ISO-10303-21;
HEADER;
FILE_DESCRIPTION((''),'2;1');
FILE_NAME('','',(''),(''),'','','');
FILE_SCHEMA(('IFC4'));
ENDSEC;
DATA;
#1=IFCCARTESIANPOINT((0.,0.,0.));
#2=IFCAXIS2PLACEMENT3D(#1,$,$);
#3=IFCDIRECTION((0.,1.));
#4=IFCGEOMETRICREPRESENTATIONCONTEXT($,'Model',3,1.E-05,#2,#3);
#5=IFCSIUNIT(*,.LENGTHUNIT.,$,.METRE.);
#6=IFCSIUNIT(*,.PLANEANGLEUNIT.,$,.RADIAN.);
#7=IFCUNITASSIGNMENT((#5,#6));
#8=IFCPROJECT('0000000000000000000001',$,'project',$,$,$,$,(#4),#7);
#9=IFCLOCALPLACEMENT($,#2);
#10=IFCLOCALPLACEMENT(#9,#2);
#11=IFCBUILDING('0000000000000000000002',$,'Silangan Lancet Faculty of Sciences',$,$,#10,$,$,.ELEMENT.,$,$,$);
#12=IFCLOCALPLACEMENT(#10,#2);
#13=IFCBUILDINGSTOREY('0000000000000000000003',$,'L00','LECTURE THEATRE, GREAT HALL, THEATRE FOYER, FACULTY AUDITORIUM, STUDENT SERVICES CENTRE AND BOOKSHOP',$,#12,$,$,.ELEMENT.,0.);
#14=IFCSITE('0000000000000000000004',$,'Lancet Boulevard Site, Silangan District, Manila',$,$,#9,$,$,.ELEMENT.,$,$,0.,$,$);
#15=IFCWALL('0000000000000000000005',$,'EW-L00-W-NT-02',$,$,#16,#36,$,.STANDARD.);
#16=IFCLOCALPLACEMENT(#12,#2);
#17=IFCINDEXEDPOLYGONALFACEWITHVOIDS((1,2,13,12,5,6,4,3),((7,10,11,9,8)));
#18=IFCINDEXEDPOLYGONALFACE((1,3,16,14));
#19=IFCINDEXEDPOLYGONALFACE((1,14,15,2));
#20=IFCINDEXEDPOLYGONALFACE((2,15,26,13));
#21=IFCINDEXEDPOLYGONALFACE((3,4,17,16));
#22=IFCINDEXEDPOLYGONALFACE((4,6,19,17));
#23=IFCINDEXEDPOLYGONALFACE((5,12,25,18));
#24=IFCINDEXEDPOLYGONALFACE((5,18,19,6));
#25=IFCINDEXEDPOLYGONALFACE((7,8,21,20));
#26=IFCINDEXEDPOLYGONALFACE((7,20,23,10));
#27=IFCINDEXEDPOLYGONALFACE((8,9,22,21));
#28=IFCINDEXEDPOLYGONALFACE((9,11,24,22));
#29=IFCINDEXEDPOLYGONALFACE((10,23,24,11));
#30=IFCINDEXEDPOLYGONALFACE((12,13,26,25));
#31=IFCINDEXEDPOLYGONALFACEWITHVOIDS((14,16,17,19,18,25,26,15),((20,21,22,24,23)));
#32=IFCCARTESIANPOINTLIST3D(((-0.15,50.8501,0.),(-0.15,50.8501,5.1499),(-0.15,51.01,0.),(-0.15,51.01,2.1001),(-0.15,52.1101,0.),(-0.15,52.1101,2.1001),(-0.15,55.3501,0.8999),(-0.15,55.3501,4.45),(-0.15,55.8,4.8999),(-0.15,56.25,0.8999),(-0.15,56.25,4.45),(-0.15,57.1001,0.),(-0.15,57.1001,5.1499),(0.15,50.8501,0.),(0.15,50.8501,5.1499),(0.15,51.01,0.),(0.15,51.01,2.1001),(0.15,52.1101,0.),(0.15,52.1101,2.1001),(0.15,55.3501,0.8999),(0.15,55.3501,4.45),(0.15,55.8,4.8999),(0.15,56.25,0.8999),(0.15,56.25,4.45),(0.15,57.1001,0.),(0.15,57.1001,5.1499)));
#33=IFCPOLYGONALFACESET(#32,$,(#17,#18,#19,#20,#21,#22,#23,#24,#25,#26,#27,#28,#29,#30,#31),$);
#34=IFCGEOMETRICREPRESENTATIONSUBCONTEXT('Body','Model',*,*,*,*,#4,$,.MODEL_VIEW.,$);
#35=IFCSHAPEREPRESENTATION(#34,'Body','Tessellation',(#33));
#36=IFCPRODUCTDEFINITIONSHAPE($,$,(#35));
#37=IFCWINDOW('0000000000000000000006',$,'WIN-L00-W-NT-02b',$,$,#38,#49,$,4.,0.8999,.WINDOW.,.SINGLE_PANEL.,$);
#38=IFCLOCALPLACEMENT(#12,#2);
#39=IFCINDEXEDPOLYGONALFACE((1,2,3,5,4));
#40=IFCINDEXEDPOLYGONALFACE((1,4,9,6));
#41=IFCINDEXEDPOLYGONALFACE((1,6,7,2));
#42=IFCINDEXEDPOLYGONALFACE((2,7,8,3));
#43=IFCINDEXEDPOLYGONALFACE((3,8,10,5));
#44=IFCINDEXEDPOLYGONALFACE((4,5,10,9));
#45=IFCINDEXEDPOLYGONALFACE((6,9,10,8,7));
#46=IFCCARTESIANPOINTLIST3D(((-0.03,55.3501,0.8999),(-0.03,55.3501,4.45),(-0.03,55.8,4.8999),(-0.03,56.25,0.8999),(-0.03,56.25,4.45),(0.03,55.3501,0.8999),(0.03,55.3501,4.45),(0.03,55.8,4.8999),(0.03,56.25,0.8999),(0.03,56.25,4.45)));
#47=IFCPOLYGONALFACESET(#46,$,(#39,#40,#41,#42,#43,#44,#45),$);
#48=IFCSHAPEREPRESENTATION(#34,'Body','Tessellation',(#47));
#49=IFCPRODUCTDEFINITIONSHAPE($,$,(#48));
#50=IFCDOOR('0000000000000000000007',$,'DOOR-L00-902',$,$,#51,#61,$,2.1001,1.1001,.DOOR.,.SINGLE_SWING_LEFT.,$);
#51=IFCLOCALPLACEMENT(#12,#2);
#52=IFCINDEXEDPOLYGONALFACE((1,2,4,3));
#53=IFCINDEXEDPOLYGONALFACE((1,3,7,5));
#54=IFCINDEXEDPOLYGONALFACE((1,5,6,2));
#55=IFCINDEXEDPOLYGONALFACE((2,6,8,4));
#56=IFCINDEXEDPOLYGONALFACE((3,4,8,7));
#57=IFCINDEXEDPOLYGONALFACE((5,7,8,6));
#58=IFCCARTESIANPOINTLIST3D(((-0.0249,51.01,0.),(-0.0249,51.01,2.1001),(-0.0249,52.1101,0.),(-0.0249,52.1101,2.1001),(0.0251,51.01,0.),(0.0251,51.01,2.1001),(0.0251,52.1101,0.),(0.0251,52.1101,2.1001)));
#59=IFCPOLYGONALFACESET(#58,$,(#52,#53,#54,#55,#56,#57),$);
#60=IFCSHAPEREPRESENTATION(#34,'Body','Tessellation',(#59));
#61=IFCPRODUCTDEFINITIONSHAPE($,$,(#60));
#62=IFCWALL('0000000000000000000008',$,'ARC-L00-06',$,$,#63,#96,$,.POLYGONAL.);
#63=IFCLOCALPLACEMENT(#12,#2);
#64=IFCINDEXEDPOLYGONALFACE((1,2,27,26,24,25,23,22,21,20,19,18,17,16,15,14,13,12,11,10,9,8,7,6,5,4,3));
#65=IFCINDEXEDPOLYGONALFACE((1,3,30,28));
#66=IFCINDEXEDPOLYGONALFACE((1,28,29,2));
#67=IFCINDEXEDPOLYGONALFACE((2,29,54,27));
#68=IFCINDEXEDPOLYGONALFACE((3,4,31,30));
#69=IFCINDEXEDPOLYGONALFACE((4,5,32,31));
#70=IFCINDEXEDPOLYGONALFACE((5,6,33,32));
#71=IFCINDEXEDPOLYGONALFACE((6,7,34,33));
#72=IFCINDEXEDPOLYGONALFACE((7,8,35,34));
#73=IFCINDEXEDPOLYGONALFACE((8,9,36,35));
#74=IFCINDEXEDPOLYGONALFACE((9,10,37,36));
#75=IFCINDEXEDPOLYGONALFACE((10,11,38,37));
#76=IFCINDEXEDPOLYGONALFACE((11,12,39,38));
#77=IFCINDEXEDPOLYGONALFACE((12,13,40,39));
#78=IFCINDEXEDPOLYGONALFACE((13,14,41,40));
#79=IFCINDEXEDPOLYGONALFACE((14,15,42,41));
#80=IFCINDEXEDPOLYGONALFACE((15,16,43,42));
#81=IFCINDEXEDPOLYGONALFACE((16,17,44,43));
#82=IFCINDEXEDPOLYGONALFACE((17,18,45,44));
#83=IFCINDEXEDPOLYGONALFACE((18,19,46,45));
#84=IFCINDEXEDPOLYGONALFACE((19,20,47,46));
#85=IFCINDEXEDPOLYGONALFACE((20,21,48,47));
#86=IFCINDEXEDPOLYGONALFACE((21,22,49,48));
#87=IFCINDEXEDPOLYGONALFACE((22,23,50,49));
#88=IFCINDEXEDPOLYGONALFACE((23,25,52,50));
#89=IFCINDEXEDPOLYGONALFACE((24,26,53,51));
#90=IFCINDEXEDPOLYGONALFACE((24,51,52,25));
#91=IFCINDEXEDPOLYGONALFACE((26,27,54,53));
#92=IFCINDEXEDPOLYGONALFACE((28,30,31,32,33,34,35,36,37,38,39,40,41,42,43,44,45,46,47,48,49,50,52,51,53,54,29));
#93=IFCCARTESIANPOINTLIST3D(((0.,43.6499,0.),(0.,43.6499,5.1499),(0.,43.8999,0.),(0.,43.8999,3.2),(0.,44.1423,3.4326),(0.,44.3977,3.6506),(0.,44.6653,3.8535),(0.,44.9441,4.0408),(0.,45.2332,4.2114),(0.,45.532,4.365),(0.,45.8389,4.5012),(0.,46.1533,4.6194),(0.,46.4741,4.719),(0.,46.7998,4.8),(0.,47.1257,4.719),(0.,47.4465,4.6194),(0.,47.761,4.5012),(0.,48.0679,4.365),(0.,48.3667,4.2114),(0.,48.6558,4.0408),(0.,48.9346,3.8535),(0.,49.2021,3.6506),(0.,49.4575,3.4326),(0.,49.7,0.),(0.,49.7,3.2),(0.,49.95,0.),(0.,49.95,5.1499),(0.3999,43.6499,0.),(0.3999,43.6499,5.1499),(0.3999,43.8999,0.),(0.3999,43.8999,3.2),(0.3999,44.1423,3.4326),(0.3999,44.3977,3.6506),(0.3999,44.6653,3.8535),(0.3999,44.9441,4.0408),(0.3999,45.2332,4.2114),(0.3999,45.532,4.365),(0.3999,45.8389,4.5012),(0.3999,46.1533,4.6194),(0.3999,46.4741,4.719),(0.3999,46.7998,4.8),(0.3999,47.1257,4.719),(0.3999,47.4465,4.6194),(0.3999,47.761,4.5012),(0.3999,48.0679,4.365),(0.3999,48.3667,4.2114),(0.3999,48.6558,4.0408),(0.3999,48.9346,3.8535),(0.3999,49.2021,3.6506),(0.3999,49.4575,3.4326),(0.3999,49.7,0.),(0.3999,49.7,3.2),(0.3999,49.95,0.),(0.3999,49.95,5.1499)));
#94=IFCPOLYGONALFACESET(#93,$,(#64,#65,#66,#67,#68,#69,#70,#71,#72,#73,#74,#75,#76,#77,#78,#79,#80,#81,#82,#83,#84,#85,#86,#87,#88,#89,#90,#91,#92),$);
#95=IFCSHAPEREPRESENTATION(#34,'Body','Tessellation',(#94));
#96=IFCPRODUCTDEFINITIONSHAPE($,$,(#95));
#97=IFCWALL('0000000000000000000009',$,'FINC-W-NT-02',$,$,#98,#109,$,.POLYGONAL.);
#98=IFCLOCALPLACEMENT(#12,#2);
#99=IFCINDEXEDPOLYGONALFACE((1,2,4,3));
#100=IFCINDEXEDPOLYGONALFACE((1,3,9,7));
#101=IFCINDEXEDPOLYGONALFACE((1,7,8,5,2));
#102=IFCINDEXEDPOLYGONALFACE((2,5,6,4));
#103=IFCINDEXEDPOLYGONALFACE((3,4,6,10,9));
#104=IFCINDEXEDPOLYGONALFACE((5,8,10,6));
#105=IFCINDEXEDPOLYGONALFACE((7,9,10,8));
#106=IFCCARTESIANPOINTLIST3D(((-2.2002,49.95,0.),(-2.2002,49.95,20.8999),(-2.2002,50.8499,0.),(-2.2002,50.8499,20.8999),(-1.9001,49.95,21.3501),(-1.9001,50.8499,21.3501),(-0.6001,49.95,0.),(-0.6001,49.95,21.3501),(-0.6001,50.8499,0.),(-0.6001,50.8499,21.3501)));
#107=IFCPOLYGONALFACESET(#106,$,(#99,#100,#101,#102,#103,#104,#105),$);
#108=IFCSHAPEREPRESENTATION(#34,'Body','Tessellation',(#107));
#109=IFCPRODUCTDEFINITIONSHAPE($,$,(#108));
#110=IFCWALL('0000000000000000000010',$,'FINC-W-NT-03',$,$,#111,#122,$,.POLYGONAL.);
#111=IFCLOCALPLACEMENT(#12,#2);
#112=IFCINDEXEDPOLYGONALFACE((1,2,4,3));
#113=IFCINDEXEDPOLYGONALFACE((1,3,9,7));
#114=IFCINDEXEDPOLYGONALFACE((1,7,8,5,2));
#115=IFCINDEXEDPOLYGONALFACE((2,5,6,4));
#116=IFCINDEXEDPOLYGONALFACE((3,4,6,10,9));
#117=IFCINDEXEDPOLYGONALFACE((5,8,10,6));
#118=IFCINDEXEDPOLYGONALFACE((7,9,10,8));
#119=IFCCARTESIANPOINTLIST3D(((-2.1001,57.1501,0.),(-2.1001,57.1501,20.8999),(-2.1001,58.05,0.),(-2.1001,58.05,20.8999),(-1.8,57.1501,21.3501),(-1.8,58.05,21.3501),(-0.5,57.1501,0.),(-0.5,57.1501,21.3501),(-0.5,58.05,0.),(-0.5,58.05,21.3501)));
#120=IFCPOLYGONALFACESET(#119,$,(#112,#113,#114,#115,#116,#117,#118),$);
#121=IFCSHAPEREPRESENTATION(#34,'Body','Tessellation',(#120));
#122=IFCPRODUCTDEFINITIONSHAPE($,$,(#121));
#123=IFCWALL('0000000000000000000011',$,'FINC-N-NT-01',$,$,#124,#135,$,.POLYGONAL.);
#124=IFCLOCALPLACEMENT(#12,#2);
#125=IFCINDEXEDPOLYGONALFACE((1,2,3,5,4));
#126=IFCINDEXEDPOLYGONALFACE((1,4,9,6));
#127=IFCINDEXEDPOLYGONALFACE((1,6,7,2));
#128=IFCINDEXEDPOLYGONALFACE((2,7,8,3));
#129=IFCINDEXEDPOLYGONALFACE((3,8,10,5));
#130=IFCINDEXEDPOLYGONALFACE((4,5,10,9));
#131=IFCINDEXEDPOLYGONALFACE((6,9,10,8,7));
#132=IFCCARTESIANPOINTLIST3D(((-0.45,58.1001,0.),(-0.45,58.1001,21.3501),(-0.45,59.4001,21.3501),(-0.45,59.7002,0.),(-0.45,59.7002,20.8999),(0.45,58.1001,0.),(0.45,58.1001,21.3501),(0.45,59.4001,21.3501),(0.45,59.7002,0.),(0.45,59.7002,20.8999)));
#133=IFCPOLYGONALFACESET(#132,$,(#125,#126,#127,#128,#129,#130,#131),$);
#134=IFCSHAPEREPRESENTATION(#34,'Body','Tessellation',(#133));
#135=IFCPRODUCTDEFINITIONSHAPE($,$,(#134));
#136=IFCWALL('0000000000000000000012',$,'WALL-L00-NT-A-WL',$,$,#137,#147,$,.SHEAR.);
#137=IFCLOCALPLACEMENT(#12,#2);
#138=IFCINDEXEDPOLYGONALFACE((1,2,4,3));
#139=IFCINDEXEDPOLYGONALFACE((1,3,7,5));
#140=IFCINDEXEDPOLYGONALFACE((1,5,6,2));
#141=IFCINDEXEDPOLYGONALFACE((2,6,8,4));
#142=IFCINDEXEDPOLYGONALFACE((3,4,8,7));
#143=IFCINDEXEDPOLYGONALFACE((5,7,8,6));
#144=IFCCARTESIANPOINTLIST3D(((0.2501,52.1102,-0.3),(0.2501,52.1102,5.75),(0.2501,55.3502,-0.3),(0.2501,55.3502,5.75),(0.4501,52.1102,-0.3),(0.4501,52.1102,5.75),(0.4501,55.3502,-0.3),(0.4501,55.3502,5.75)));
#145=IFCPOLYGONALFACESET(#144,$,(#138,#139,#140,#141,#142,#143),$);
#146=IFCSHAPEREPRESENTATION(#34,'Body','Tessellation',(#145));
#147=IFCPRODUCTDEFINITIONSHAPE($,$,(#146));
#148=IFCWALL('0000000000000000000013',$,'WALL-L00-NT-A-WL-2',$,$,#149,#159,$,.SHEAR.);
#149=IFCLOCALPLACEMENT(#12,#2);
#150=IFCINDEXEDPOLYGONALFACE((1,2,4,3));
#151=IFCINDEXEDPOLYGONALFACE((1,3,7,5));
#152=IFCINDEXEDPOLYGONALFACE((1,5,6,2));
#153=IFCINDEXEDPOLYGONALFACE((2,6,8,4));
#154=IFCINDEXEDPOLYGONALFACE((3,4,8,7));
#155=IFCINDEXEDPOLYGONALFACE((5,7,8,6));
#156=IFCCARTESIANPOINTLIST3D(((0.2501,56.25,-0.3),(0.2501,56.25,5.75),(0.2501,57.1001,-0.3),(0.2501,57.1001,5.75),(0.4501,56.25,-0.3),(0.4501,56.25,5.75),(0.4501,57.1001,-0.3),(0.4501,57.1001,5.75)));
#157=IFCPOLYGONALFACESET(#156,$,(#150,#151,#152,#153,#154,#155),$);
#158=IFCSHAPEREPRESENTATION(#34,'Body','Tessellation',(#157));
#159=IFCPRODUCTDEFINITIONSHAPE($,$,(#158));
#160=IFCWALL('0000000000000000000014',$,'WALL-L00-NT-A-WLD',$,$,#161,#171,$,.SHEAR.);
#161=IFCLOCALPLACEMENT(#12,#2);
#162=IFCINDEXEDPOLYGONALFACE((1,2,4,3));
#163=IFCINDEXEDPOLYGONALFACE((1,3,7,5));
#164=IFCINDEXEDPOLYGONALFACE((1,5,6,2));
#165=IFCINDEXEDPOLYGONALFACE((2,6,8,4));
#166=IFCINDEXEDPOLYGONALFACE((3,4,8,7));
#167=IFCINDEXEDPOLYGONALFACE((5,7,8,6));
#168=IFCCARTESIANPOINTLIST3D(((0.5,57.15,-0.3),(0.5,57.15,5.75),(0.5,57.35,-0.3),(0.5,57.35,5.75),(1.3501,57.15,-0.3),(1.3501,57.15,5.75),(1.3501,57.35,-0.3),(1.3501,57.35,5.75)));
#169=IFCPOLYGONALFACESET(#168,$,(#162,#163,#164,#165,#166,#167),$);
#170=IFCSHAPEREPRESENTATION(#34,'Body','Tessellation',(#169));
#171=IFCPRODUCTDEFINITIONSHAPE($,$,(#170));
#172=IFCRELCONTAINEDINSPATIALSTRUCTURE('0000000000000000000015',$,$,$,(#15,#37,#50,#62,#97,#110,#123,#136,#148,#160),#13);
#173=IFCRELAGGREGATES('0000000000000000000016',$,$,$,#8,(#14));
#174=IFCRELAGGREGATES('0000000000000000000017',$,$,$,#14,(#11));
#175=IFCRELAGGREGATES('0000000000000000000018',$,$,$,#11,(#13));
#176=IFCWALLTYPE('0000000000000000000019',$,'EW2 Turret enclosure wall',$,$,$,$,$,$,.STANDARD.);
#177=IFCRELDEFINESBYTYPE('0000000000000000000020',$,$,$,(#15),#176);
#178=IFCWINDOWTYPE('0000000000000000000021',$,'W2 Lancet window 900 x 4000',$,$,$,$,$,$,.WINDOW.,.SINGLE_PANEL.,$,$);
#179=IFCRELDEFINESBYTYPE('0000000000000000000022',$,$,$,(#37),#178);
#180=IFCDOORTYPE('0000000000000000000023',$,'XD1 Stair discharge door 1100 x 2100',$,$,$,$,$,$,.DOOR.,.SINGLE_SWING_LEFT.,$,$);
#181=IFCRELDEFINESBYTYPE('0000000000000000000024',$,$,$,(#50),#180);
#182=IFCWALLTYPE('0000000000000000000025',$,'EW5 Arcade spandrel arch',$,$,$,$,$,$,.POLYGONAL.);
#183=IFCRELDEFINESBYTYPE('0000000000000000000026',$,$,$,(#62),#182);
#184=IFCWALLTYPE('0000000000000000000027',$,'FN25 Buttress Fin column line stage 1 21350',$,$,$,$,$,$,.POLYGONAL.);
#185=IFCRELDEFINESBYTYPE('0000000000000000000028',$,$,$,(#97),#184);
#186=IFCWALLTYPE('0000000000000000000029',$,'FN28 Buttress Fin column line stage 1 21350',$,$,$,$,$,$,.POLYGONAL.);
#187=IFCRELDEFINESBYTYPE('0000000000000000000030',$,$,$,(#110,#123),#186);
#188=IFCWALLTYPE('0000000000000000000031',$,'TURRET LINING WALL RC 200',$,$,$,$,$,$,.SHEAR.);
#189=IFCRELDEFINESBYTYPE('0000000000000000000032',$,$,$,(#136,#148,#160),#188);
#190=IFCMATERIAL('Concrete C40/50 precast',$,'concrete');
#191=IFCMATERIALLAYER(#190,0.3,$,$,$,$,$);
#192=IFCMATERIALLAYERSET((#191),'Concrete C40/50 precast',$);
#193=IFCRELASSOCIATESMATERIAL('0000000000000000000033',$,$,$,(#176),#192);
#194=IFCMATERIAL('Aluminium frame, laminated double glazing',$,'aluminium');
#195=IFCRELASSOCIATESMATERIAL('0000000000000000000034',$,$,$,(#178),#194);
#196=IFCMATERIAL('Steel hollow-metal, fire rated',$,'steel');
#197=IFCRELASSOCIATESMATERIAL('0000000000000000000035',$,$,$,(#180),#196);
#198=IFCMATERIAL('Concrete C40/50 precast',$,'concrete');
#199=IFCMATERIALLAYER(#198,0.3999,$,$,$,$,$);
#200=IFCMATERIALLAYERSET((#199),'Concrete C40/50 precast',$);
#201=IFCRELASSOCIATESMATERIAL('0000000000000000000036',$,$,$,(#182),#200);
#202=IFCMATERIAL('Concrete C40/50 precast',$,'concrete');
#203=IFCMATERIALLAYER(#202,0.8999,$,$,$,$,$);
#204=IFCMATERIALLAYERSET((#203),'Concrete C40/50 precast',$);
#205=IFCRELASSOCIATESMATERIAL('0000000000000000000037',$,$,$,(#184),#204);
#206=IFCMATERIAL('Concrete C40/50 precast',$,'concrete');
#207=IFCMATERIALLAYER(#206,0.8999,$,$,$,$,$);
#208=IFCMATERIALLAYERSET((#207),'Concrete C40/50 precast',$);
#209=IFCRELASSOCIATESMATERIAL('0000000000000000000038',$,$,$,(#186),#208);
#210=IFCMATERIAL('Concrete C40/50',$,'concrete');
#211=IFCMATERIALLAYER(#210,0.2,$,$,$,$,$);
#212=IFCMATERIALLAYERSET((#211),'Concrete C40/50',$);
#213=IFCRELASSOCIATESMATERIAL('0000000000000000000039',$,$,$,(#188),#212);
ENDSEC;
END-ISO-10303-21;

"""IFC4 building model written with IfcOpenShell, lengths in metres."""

from ifc_helpers import new_model, si_unit, direction, frame, frame_2d, origin, place, context, subcontext, project, spatial, polyline, rectangle, outline, extrude, material, layer, layer_set, type_object, element, fill, save


model = new_model("IFC4")

# Units and contexts
model_context = context("Model", 3, precision=1e-05, world=origin(), true_north=direction((0.0, 1.0)))
body_context = subcontext(model_context, "Body", "Model", "MODEL_VIEW")
ifc_project = project(units=[si_unit("LENGTHUNIT", "METRE"), si_unit("PLANEANGLEUNIT", "RADIAN")], contexts=[model_context])

# Site, building, storey
site_placement = place(None, origin())
site = spatial("IfcSite", under=ifc_project, at=site_placement, Name="Lancet Boulevard Site, Silangan District, Manila", CompositionType="ELEMENT", RefElevation=0.0)
building_placement = place(site_placement, origin())
building = spatial("IfcBuilding", under=site, at=building_placement, Name="Silangan Lancet Faculty of Sciences", CompositionType="ELEMENT")
storey_placement = place(building_placement, origin())
storey = spatial("IfcBuildingStorey", under=building, at=storey_placement, Name="L00", Description="LECTURE THEATRE, GREAT HALL, THEATRE FOYER, FACULTY AUDITORIUM, STUDENT SERVICES CENTRE AND BOOKSHOP", CompositionType="ELEMENT", Elevation=0.0)

# Wall, openings, window, door
ifc_material_1 = material(Name="Concrete C40/50 precast", Category="concrete")
ifc_layer_1 = layer(ifc_material_1, 0.3)
ifc_layer_set_1 = layer_set([ifc_layer_1], Name="Concrete C40/50 precast")
wall_type_1 = type_object("IfcWallType", Name="EW2 Turret enclosure wall", PredefinedType="STANDARD", material=ifc_layer_set_1)
wall_1_placement = place(storey_placement, frame((0.0, 50.8501, 0.0), z_axis=(0.0, 0.0, 1.0), x_axis=(0.0, 1.0, 0.0)))
wall_1 = element("IfcWall", 1, at=wall_1_placement, inside=storey, type_object=wall_type_1, Name="EW-L00-W-NT-02", PredefinedType="STANDARD", context=body_context, shape_type="SweptSolid", body=[
    extrude(rectangle(XDim=6.25, YDim=0.3, at=frame_2d((3.125, 0.0))), origin(), (0.0, 0.0, 1.0), 5.1499),
])
opening_1_placement = place(wall_1_placement, frame((0.1599, 0.0, 0.0)))
opening_1 = element("IfcOpeningElement", 2, at=opening_1_placement, cuts=wall_1, PredefinedType="OPENING", context=body_context, shape_type="SweptSolid", body=[
    extrude(rectangle(XDim=1.1001, YDim=2.1001, at=frame_2d((0.55, 1.05))), frame((0.0, 0.1599, 0.0), z_axis=(0.0, -1.0, 0.0), x_axis=(1.0, 0.0, 0.0)), (0.0, 0.0, 1.0), 0.3201),
])
opening_2_placement = place(wall_1_placement, frame((4.5, 0.0, 0.8999)))
opening_2 = element("IfcOpeningElement", 3, at=opening_2_placement, cuts=wall_1, PredefinedType="OPENING", context=body_context, shape_type="SweptSolid", body=[
    extrude(outline(polyline([(0.0, 0.0), (0.8999, 0.0), (0.8999, 3.55), (0.45, 4.0), (0.0, 3.55), (0.0, 0.0)])), frame((0.0, 0.1599, 0.0), z_axis=(0.0, -1.0, 0.0), x_axis=(1.0, 0.0, 0.0)), (0.0, 0.0, 1.0), 0.3201),
])
ifc_material_2 = material(Name="Aluminium frame, laminated double glazing", Category="aluminium")
window_type = type_object("IfcWindowType", Name="W2 Lancet window 900 x 4000", PartitioningType="SINGLE_PANEL", PredefinedType="WINDOW", material=ifc_material_2)
window_placement = place(opening_2_placement, origin())
window = element("IfcWindow", 4, at=window_placement, inside=storey, type_object=window_type, Name="WIN-L00-W-NT-02b", OverallHeight=4.0, OverallWidth=0.8999, PartitioningType="SINGLE_PANEL", PredefinedType="WINDOW", context=body_context, shape_type="SweptSolid", body=[
    extrude(outline(polyline([(0.0, 0.0), (0.8999, 0.0), (0.8999, 3.55), (0.45, 4.0), (0.0, 3.55), (0.0, 0.0)])), frame((0.0, 0.03, 0.0), z_axis=(0.0, -1.0, 0.0), x_axis=(1.0, 0.0, 0.0)), (0.0, 0.0, 1.0), 0.0601),
])
fill(opening_2, window)
ifc_material_3 = material(Name="Steel hollow-metal, fire rated", Category="steel")
door_type_1 = type_object("IfcDoorType", Name="XD1 Stair discharge door 1100 x 2100", OperationType="SINGLE_SWING_LEFT", PredefinedType="DOOR", material=ifc_material_3)
door_1_placement = place(opening_1_placement, origin())
door_1 = element("IfcDoor", 5, at=door_1_placement, inside=storey, type_object=door_type_1, Name="DOOR-L00-902", OperationType="SINGLE_SWING_LEFT", OverallHeight=2.1001, OverallWidth=1.1001, PredefinedType="DOOR", context=body_context, shape_type="SweptSolid", body=[
    extrude(rectangle(XDim=1.1001, YDim=2.1001, at=frame_2d((0.55, 1.05))), frame((0.0, 0.0249, 0.0), z_axis=(0.0, -1.0, 0.0), x_axis=(1.0, 0.0, 0.0)), (0.0, 0.0, 1.0), 0.05),
])
fill(opening_1, door_1)

# Walls
ifc_material_4 = material(Name="Concrete C40/50 precast", Category="concrete")
ifc_layer_2 = layer(ifc_material_4, 0.3999)
ifc_layer_set_2 = layer_set([ifc_layer_2], Name="Concrete C40/50 precast")
wall_type_2 = type_object("IfcWallType", Name="EW5 Arcade spandrel arch", PredefinedType="POLYGONAL", material=ifc_layer_set_2)
wall_2_placement = place(storey_placement, frame((0.2, 43.6499, 0.0), z_axis=(0.0, 0.0, 1.0), x_axis=(0.0, 1.0, 0.0)))
element("IfcWall", 6, at=wall_2_placement, inside=storey, type_object=wall_type_2, Name="ARC-L00-06", PredefinedType="POLYGONAL", context=body_context, shape_type="SweptSolid", body=[
    extrude(outline(polyline([(0.0, 0.0), (0.25, 0.0), (0.25, 3.2), (0.4924, 3.4326), (0.7478, 3.6506), (1.0154, 3.8535), (1.2942, 4.0408), (1.5833, 4.2114), (1.8821, 4.365), (2.189, 4.5012), (2.5034, 4.6194), (2.8242, 4.719), (3.1499, 4.8), (3.4758, 4.719), (3.7966, 4.6194), (4.1111, 4.5012), (4.418, 4.365), (4.7168, 4.2114), (5.0059, 4.0408), (5.2847, 3.8535), (5.5522, 3.6506), (5.8076, 3.4326), (6.05, 3.2), (6.05, 0.0), (6.3, 0.0), (6.3, 5.1499), (0.0, 5.1499), (0.0, 0.0)])), frame((0.0, 0.2, 0.0), z_axis=(0.0, -1.0, 0.0), x_axis=(1.0, 0.0, 0.0)), (0.0, 0.0, 1.0), 0.3999),
])
ifc_material_5 = material(Name="Concrete C40/50 precast", Category="concrete")
ifc_layer_3 = layer(ifc_material_5, 0.8999)
ifc_layer_set_3 = layer_set([ifc_layer_3], Name="Concrete C40/50 precast")
wall_type_3 = type_object("IfcWallType", Name="FN25 Buttress Fin column line stage 1 21350", PredefinedType="POLYGONAL", material=ifc_layer_set_3)
wall_3_placement = place(storey_placement, frame((-0.6001, 50.3999, 0.0), z_axis=(0.0, 0.0, 1.0), x_axis=(-1.0, 0.0, 0.0)))
element("IfcWall", 7, at=wall_3_placement, inside=storey, type_object=wall_type_3, Name="FINC-W-NT-02", PredefinedType="POLYGONAL", context=body_context, shape_type="SweptSolid", body=[
    extrude(outline(polyline([(1.6001, 0.0), (1.6001, 20.8999), (1.3, 21.3501), (0.0, 21.3501), (0.0, 0.0), (1.6001, 0.0)])), frame((0.0, 0.45, 0.0), z_axis=(0.0, -1.0, 0.0), x_axis=(1.0, 0.0, 0.0)), (0.0, 0.0, 1.0), 0.8999),
])
ifc_material_6 = material(Name="Concrete C40/50 precast", Category="concrete")
ifc_layer_4 = layer(ifc_material_6, 0.8999)
ifc_layer_set_4 = layer_set([ifc_layer_4], Name="Concrete C40/50 precast")
wall_type_4 = type_object("IfcWallType", Name="FN28 Buttress Fin column line stage 1 21350", PredefinedType="POLYGONAL", material=ifc_layer_set_4)
for number, where, z_axis, x_axis, name in (
    (8, (-0.5, 57.6001, 0.0), (0.0, 0.0, 1.0), (-1.0, 0.0, 0.0), "FINC-W-NT-03"),
    (9, (0.0, 58.1001, 0.0), (0.0, 0.0, 1.0), (0.0, 1.0, 0.0), "FINC-N-NT-01"),
):
    element("IfcWall", number, at=place(storey_placement, frame(where, z_axis=z_axis, x_axis=x_axis)), inside=storey, type_object=wall_type_4, Name=name, PredefinedType="POLYGONAL", context=body_context, shape_type="SweptSolid", body=[
        extrude(outline(polyline([(1.6001, 0.0), (1.6001, 20.8999), (1.3, 21.3501), (0.0, 21.3501), (0.0, 0.0), (1.6001, 0.0)])), frame((0.0, 0.45, 0.0), z_axis=(0.0, -1.0, 0.0), x_axis=(1.0, 0.0, 0.0)), (0.0, 0.0, 1.0), 0.8999),
    ])
ifc_material_7 = material(Name="Concrete C40/50", Category="concrete")
ifc_layer_5 = layer(ifc_material_7, 0.2)
ifc_layer_set_5 = layer_set([ifc_layer_5], Name="Concrete C40/50")
wall_type_5 = type_object("IfcWallType", Name="TURRET LINING WALL RC 200", PredefinedType="SHEAR", material=ifc_layer_set_5)
wall_4_placement = place(storey_placement, frame((0.3501, 52.1101, -0.3), z_axis=(0.0, 0.0, 1.0), x_axis=(0.0, 1.0, 0.0)))
element("IfcWall", 10, at=wall_4_placement, inside=storey, type_object=wall_type_5, Name="WALL-L00-NT-A-WL", PredefinedType="SHEAR", context=body_context, shape_type="SweptSolid", body=[
    extrude(rectangle(XDim=3.24, YDim=0.2, at=frame_2d((1.6201, 0.0))), origin(), (0.0, 0.0, 1.0), 6.05),
])
for number, where, z_axis, x_axis, name in (
    (11, (0.3501, 56.25, -0.3), (0.0, 0.0, 1.0), (0.0, 1.0, 0.0), "WALL-L00-NT-A-WL-2"),
    (12, (0.5, 57.25, -0.3), (0.0, 0.0, 1.0), (1.0, 0.0, 0.0), "WALL-L00-NT-A-WLD"),
):
    element("IfcWall", number, at=place(storey_placement, frame(where, z_axis=z_axis, x_axis=x_axis)), inside=storey, type_object=wall_type_5, Name=name, PredefinedType="SHEAR", context=body_context, shape_type="SweptSolid", body=[
        extrude(rectangle(XDim=0.8501, YDim=0.2, at=frame_2d((0.425, 0.0))), origin(), (0.0, 0.0, 1.0), 6.05),
    ])

save(model, "model.ifc")
